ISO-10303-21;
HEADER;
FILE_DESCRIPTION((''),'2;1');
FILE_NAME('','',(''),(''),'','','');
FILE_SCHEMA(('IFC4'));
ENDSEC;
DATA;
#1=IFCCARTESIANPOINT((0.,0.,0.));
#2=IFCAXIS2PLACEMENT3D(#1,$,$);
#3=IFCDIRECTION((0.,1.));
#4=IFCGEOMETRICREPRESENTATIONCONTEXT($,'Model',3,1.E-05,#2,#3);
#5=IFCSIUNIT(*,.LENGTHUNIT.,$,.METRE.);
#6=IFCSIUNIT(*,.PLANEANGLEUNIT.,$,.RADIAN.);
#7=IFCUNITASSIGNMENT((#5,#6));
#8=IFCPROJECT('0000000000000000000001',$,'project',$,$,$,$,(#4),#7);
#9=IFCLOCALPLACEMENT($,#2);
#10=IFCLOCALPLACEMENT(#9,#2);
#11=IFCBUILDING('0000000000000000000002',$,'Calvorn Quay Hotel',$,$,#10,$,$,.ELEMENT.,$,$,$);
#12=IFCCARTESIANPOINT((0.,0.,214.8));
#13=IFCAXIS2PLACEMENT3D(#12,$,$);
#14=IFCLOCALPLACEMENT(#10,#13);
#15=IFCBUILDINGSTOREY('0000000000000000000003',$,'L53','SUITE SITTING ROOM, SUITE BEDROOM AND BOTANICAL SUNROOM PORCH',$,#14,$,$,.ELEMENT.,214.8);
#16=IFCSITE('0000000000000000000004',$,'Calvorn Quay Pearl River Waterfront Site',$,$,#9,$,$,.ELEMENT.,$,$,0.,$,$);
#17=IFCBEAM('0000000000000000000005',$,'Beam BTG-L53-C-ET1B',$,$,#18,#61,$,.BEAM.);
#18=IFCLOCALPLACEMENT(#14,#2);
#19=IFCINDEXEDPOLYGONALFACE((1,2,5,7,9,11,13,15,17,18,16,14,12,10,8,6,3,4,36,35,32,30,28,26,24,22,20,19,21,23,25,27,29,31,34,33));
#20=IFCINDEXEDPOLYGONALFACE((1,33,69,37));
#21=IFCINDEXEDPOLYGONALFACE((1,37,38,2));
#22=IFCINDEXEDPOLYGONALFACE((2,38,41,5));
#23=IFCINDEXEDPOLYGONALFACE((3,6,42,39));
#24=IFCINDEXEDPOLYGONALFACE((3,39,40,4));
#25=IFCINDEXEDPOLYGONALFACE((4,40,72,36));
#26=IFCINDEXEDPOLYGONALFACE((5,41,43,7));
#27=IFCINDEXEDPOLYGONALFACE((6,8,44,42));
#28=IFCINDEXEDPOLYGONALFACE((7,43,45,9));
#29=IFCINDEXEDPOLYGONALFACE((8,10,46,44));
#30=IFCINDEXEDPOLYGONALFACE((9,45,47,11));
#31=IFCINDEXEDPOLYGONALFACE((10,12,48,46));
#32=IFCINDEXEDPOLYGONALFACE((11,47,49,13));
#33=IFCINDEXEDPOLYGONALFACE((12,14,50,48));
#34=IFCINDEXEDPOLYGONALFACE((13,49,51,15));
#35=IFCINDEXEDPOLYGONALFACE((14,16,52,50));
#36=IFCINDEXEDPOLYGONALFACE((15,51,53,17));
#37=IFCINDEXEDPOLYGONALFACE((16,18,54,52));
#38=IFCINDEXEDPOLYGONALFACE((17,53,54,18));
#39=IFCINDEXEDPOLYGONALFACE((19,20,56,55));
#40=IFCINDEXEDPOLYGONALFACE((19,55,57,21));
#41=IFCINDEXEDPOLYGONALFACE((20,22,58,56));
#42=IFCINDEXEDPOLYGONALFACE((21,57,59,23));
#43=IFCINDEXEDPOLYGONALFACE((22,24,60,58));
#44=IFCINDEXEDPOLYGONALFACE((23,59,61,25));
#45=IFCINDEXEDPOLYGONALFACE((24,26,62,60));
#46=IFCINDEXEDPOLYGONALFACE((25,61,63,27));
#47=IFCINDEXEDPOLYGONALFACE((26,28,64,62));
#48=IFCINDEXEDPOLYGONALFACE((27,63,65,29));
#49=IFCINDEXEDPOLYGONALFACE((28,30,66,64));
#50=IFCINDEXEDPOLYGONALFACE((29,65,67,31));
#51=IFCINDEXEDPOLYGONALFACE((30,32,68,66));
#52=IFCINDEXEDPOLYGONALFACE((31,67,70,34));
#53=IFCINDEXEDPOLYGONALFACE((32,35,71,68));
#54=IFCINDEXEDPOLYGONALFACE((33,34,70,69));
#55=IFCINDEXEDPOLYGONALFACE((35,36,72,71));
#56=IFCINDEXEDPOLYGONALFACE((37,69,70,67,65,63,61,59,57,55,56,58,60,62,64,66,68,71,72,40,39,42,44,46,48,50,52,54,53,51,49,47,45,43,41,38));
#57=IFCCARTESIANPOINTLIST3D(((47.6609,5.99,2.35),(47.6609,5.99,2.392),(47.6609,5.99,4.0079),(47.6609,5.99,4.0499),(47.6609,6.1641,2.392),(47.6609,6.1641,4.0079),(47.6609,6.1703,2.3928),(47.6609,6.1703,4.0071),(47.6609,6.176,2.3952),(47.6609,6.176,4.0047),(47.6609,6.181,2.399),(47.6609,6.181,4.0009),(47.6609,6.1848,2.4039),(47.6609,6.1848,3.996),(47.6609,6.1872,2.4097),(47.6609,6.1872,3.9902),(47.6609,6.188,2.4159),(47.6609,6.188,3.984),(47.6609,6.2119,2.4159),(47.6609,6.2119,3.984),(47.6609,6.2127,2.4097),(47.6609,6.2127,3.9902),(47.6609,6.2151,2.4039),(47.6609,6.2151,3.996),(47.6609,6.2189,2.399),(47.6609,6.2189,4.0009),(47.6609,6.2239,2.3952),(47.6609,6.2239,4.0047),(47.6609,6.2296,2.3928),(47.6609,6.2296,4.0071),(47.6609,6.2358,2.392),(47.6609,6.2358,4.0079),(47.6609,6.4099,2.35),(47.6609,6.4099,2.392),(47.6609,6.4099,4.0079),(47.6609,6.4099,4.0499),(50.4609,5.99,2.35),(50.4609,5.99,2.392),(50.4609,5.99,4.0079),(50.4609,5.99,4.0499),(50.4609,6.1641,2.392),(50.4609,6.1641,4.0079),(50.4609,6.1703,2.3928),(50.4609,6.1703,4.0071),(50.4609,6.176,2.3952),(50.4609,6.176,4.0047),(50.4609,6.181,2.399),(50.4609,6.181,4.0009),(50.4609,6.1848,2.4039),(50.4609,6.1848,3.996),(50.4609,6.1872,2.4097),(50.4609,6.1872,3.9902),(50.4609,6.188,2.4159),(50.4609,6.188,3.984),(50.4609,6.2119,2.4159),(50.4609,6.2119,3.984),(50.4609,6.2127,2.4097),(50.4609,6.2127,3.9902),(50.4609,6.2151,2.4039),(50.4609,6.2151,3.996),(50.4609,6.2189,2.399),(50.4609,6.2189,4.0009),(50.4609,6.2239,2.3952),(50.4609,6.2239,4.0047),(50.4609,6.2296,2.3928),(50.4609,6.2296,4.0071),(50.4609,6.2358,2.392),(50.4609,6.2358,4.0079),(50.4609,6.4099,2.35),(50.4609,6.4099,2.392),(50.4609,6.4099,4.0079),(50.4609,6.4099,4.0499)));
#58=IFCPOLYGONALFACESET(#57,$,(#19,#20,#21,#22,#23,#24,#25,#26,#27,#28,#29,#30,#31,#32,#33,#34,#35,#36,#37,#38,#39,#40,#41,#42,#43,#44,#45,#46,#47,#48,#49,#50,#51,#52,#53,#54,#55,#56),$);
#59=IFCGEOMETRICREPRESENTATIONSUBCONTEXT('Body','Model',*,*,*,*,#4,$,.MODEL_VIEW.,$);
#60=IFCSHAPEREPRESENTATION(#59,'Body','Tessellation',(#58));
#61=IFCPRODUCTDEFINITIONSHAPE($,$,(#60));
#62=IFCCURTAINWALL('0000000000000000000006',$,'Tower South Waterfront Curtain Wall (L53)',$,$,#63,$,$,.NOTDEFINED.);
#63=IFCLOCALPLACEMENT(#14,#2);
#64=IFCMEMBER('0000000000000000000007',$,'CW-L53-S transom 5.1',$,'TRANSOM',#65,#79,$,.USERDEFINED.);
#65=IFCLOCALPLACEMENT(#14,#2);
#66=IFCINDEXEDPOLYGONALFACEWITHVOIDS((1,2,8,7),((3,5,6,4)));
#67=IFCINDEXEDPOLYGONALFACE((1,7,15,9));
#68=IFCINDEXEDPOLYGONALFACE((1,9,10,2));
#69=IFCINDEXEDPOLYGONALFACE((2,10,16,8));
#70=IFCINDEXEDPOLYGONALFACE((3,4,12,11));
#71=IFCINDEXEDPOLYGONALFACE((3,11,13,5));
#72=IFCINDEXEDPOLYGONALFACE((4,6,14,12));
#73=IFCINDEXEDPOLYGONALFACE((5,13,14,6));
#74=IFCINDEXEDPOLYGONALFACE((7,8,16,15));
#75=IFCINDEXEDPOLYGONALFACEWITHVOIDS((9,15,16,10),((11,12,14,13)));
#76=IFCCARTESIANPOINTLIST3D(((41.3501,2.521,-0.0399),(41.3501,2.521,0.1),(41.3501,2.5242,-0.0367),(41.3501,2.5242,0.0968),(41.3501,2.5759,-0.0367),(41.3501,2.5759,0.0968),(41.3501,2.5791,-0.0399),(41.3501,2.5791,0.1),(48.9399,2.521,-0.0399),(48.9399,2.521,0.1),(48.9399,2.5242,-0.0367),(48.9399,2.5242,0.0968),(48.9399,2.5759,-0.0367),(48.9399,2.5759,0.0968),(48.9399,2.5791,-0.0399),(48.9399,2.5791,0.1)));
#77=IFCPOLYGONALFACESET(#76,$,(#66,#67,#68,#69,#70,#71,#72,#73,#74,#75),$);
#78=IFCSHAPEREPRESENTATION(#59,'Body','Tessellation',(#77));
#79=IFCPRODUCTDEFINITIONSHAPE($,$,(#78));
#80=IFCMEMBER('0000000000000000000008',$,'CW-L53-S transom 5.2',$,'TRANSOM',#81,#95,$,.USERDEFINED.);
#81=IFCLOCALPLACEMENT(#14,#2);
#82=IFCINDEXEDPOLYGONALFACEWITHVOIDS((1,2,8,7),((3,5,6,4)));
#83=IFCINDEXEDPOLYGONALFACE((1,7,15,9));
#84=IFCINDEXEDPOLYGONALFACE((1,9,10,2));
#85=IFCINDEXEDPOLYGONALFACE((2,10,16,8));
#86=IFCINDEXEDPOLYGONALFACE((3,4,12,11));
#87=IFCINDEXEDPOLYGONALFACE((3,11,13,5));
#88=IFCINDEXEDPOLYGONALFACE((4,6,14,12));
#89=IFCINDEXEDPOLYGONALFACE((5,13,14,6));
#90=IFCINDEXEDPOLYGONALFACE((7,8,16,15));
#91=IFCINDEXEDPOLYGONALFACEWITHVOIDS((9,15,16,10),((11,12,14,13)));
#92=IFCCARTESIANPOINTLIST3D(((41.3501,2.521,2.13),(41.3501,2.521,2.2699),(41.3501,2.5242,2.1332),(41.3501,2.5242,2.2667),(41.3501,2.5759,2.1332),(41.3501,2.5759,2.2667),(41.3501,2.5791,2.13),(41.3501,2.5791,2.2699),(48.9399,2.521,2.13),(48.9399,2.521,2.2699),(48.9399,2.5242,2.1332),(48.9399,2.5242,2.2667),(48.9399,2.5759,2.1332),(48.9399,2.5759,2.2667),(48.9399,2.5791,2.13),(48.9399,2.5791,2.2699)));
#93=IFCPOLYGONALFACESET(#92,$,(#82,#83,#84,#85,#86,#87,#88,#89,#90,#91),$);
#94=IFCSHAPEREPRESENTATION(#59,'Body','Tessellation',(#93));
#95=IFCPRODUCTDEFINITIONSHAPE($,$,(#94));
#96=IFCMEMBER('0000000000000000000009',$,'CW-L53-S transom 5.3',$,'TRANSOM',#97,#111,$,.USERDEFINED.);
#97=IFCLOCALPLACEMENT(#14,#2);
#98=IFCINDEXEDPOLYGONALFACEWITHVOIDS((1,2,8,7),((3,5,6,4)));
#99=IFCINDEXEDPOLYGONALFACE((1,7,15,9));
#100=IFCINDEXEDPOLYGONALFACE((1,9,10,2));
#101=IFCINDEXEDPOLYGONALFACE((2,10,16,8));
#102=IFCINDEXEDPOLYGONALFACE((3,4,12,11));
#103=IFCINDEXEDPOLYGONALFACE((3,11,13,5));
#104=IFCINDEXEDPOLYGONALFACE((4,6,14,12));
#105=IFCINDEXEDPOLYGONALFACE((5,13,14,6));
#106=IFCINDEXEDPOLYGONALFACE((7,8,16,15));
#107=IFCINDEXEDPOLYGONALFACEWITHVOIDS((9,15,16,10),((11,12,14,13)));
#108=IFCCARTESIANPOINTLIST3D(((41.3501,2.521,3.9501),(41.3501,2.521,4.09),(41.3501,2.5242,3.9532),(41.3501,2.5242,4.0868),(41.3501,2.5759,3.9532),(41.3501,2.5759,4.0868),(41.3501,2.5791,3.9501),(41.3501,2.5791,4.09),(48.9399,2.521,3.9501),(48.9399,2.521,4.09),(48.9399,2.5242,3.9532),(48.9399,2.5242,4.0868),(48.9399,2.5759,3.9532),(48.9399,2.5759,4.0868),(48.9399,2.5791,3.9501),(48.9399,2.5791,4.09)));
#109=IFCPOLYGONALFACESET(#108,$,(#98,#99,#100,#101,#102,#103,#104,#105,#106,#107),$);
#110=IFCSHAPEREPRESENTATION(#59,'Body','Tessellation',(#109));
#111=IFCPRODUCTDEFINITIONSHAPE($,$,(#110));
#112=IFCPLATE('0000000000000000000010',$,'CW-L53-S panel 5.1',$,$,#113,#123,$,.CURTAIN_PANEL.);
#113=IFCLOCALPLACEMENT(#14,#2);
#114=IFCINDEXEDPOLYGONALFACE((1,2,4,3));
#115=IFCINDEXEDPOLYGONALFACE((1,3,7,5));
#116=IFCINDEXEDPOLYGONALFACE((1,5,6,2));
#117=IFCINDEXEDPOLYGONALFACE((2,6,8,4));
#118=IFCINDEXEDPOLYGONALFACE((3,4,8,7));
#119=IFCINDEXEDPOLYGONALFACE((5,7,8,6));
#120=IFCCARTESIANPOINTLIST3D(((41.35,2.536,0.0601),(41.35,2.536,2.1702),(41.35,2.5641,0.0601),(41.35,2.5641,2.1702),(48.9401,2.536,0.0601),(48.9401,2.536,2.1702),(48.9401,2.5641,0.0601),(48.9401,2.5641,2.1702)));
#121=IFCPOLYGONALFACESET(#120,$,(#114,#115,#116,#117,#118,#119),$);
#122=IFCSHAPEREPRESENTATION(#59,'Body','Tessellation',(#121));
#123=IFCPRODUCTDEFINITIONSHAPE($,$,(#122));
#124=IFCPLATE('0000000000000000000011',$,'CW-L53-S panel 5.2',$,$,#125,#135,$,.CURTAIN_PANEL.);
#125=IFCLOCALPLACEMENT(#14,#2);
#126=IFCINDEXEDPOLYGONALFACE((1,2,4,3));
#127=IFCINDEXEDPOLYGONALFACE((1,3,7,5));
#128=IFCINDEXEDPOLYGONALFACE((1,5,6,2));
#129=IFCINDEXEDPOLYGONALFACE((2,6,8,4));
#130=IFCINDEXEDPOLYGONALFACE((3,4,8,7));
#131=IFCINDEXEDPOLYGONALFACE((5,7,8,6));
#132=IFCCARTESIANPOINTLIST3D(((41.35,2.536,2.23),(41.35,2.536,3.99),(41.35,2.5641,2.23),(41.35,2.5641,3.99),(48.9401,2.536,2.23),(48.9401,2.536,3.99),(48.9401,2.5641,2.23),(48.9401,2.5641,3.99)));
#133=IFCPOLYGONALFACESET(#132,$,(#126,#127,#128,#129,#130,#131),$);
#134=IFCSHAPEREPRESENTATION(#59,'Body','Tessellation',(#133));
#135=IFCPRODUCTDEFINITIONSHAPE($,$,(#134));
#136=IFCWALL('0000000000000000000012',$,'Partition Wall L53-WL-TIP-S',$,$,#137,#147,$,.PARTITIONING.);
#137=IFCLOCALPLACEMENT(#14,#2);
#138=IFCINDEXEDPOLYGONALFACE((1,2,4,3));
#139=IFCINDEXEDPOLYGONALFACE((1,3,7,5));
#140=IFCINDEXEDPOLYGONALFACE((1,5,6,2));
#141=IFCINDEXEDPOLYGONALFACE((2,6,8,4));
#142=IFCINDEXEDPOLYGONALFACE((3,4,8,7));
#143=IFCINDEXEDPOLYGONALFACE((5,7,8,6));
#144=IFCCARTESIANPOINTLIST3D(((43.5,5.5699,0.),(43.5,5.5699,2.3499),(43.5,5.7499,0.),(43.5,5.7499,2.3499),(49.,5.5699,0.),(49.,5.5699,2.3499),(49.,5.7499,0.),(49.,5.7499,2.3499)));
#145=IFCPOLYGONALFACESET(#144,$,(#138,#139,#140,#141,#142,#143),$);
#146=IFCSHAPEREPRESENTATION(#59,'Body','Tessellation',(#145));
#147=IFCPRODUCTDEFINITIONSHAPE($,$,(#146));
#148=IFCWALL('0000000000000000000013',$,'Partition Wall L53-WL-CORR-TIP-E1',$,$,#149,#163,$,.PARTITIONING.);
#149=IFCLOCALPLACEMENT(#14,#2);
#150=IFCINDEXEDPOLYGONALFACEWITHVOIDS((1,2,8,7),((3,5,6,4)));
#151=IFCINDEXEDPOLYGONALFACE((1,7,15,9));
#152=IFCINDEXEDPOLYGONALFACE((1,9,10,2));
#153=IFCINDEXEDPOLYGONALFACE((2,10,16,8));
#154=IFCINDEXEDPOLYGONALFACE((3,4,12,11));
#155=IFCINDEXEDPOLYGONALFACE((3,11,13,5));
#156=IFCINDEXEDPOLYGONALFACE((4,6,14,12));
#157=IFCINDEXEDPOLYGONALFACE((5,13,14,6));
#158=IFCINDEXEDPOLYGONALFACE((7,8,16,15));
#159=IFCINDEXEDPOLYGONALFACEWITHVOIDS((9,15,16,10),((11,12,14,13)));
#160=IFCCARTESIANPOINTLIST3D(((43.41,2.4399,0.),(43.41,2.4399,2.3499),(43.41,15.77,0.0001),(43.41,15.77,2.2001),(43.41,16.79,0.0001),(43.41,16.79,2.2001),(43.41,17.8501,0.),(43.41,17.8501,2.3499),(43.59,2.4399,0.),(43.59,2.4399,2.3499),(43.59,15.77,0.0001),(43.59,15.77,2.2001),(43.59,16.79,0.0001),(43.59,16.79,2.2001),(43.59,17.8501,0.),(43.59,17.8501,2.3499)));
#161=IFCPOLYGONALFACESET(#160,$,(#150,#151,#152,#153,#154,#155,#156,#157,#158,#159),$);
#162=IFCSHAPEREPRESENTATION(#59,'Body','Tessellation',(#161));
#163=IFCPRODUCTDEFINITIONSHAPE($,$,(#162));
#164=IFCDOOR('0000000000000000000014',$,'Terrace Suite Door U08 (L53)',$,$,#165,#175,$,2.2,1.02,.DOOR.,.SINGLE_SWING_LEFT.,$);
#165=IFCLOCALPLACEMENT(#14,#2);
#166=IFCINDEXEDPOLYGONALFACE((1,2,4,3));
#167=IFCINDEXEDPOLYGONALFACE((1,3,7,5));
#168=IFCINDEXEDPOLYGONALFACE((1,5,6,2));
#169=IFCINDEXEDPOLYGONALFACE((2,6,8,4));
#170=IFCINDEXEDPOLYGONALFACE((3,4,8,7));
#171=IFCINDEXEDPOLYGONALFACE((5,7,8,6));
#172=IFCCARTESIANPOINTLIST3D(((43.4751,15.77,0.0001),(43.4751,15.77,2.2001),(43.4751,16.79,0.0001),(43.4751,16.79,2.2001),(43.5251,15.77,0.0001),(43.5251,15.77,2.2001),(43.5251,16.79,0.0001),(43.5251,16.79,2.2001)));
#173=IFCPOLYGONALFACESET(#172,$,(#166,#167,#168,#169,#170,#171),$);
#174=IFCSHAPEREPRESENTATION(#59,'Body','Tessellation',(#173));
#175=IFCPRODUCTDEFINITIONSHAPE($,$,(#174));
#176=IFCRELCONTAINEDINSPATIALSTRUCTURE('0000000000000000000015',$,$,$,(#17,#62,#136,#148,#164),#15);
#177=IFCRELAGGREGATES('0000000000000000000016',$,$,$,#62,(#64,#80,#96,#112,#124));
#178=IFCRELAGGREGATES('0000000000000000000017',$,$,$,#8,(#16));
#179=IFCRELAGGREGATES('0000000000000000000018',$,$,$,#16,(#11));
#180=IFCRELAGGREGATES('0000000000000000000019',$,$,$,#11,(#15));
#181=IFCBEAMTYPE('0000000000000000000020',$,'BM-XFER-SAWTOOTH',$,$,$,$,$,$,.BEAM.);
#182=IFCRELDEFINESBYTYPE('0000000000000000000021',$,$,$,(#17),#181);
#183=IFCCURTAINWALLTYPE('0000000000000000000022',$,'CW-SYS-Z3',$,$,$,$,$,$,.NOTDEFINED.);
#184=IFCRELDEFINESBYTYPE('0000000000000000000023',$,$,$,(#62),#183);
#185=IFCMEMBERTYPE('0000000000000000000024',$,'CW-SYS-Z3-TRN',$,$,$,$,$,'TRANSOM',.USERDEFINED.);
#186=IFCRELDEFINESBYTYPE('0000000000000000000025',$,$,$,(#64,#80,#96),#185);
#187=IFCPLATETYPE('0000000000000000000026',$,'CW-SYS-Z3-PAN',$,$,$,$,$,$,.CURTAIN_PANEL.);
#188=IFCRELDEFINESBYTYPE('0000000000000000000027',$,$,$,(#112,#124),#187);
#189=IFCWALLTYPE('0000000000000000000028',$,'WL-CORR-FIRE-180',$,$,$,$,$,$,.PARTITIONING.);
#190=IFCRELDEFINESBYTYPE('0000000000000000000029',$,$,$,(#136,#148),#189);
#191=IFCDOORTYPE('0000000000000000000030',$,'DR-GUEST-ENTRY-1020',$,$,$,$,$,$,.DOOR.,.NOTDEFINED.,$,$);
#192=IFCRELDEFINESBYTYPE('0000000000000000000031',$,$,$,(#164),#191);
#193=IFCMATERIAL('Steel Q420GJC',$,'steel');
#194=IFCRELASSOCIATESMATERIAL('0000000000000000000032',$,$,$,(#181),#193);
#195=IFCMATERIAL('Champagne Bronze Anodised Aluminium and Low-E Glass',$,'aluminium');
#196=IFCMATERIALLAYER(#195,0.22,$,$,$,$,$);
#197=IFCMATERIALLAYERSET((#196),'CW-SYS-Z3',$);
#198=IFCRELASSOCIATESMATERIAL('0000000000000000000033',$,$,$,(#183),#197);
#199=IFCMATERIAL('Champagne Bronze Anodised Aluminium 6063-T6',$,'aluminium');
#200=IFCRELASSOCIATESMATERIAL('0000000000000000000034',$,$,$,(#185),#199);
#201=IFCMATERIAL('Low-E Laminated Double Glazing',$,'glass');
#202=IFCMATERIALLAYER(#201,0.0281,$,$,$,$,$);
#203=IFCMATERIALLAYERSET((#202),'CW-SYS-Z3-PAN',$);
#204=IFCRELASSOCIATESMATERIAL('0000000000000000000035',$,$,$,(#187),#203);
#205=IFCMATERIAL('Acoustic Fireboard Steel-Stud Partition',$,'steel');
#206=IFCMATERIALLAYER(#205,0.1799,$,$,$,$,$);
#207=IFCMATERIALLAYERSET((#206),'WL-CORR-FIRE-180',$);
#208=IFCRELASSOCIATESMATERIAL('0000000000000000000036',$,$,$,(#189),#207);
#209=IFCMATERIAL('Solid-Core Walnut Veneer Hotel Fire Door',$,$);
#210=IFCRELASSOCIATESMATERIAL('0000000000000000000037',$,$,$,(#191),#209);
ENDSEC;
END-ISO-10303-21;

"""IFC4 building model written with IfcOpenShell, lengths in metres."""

from ifc_helpers import new_model, si_unit, direction, frame, frame_2d, origin, origin_2d, place, context, subcontext, project, spatial, rectangle, hollow_rectangle, i_section, extrude, material, layer, layer_set, material_profile, profile_set, type_object, element, fill, aggregate, save


model = new_model("IFC4")

# Units and contexts
model_context = context("Model", 3, precision=1e-05, world=origin(), true_north=direction((0.0, 1.0)))
body_context = subcontext(model_context, "Body", "Model", "MODEL_VIEW")
ifc_project = project(units=[si_unit("LENGTHUNIT", "METRE"), si_unit("PLANEANGLEUNIT", "RADIAN")], contexts=[model_context])

# Site, building, storey
site_placement = place(None, origin())
site = spatial("IfcSite", under=ifc_project, at=site_placement, Name="Calvorn Quay Pearl River Waterfront Site", CompositionType="ELEMENT", RefElevation=0.0)
building_placement = place(site_placement, origin())
building = spatial("IfcBuilding", under=site, at=building_placement, Name="Calvorn Quay Hotel", CompositionType="ELEMENT")
storey_placement = place(building_placement, frame((0.0, 0.0, 214.8)))
storey = spatial("IfcBuildingStorey", under=building, at=storey_placement, Name="L53", Description="SUITE SITTING ROOM, SUITE BEDROOM AND BOTANICAL SUNROOM PORCH", CompositionType="ELEMENT", Elevation=214.8)

# Beam
ifc_material_1 = material(Name="Steel Q420GJC", Category="steel")
ifc_material_profile_1 = material_profile(ifc_material_1, i_section(OverallWidth=0.4199, OverallDepth=1.7, WebThickness=0.0239, FlangeThickness=0.042, FilletRadius=0.0239, at=origin_2d()), Name="HN1700x420x24x42")
ifc_profile_set_1 = profile_set([ifc_material_profile_1], Name="Steel Q420GJC")
beam_type = type_object("IfcBeamType", Name="BM-XFER-SAWTOOTH", PredefinedType="BEAM", material=ifc_profile_set_1)
beam_placement = place(storey_placement, frame((47.6609, 6.2, 3.2), z_axis=(1.0, 0.0, 0.0), x_axis=(0.0, 1.0, 0.0)))
element("IfcBeam", 1, at=beam_placement, inside=storey, type_object=beam_type, Name="Beam BTG-L53-C-ET1B", PredefinedType="BEAM", context=body_context, shape_type="SweptSolid", body=[
    extrude(i_section(OverallWidth=0.4199, OverallDepth=1.7, WebThickness=0.0239, FlangeThickness=0.042, FilletRadius=0.0239, at=origin_2d()), origin(), (0.0, 0.0, 1.0), 2.8),
])

# Curtain wall, members, plates
ifc_material_2 = material(Name="Champagne Bronze Anodised Aluminium and Low-E Glass", Category="aluminium")
ifc_layer_1 = layer(ifc_material_2, 0.22)
ifc_layer_set_1 = layer_set([ifc_layer_1], Name="CW-SYS-Z3")
curtain_wall_type = type_object("IfcCurtainWallType", Name="CW-SYS-Z3", PredefinedType="NOTDEFINED", material=ifc_layer_set_1)
curtain_wall_placement = place(storey_placement, origin())
curtain_wall = element("IfcCurtainWall", 2, at=curtain_wall_placement, inside=storey, type_object=curtain_wall_type, Name="Tower South Waterfront Curtain Wall (L53)", PredefinedType="NOTDEFINED")
ifc_material_3 = material(Name="Champagne Bronze Anodised Aluminium 6063-T6", Category="aluminium")
ifc_material_profile_2 = material_profile(ifc_material_3, hollow_rectangle(XDim=0.0581, YDim=0.1399, WallThickness=0.0032, at=origin_2d()), Name="ALU-T140x58x3.2")
ifc_profile_set_2 = profile_set([ifc_material_profile_2], Name="Champagne Bronze Anodised Aluminium 6063-T6")
member_type = type_object("IfcMemberType", Name="CW-SYS-Z3-TRN", ElementType="TRANSOM", PredefinedType="USERDEFINED", material=ifc_profile_set_2)
member_1_placement = place(storey_placement, frame((41.3501, 2.55, 0.03), z_axis=(1.0, 0.0, 0.0), x_axis=(0.0, 1.0, 0.0)))
member_1 = element("IfcMember", 3, at=member_1_placement, type_object=member_type, Name="CW-L53-S transom 5.1", ObjectType="TRANSOM", PredefinedType="USERDEFINED", context=body_context, shape_type="SweptSolid", body=[
    extrude(hollow_rectangle(XDim=0.0581, YDim=0.1399, WallThickness=0.0032, at=origin_2d()), origin(), (0.0, 0.0, 1.0), 7.5898),
])
member_2_placement = place(storey_placement, frame((41.3501, 2.55, 2.2), z_axis=(1.0, 0.0, 0.0), x_axis=(0.0, 1.0, 0.0)))
member_2 = element("IfcMember", 4, at=member_2_placement, type_object=member_type, Name="CW-L53-S transom 5.2", ObjectType="TRANSOM", PredefinedType="USERDEFINED", context=body_context, shape_type="SweptSolid", body=[
    extrude(hollow_rectangle(XDim=0.0581, YDim=0.1399, WallThickness=0.0032, at=origin_2d()), origin(), (0.0, 0.0, 1.0), 7.5898),
])
member_3_placement = place(storey_placement, frame((41.3501, 2.55, 4.02), z_axis=(1.0, 0.0, 0.0), x_axis=(0.0, 1.0, 0.0)))
member_3 = element("IfcMember", 5, at=member_3_placement, type_object=member_type, Name="CW-L53-S transom 5.3", ObjectType="TRANSOM", PredefinedType="USERDEFINED", context=body_context, shape_type="SweptSolid", body=[
    extrude(hollow_rectangle(XDim=0.0581, YDim=0.1399, WallThickness=0.0032, at=origin_2d()), origin(), (0.0, 0.0, 1.0), 7.5898),
])
ifc_material_4 = material(Name="Low-E Laminated Double Glazing", Category="glass")
ifc_layer_2 = layer(ifc_material_4, 0.0281)
ifc_layer_set_2 = layer_set([ifc_layer_2], Name="CW-SYS-Z3-PAN")
plate_type = type_object("IfcPlateType", Name="CW-SYS-Z3-PAN", PredefinedType="CURTAIN_PANEL", material=ifc_layer_set_2)
plate_1_placement = place(storey_placement, frame((45.145, 2.55, 0.0601), z_axis=(0.0, 0.0, 1.0), x_axis=(1.0, 0.0, 0.0)))
plate_1 = element("IfcPlate", 6, at=plate_1_placement, type_object=plate_type, Name="CW-L53-S panel 5.1", PredefinedType="CURTAIN_PANEL", context=body_context, shape_type="SweptSolid", body=[
    extrude(rectangle(XDim=7.5901, YDim=0.0281, at=origin_2d()), origin(), (0.0, 0.0, 1.0), 2.1101),
])
plate_2_placement = place(storey_placement, frame((45.145, 2.55, 2.23), z_axis=(0.0, 0.0, 1.0), x_axis=(1.0, 0.0, 0.0)))
plate_2 = element("IfcPlate", 7, at=plate_2_placement, type_object=plate_type, Name="CW-L53-S panel 5.2", PredefinedType="CURTAIN_PANEL", context=body_context, shape_type="SweptSolid", body=[
    extrude(rectangle(XDim=7.5901, YDim=0.0281, at=origin_2d()), origin(), (0.0, 0.0, 1.0), 1.76),
])
aggregate(curtain_wall, [member_1, member_2, member_3, plate_1, plate_2])

# Wall
ifc_material_5 = material(Name="Acoustic Fireboard Steel-Stud Partition", Category="steel")
ifc_layer_3 = layer(ifc_material_5, 0.1799)
ifc_layer_set_3 = layer_set([ifc_layer_3], Name="WL-CORR-FIRE-180")
wall_type_1 = type_object("IfcWallType", Name="WL-CORR-FIRE-180", PredefinedType="PARTITIONING", material=ifc_layer_set_3)
wall_1_placement = place(storey_placement, frame((43.5, 5.6599, 0.0), z_axis=(0.0, 0.0, 1.0), x_axis=(1.0, 0.0, 0.0)))
element("IfcWall", 8, at=wall_1_placement, inside=storey, type_object=wall_type_1, Name="Partition Wall L53-WL-TIP-S", PredefinedType="PARTITIONING", context=body_context, shape_type="SweptSolid", body=[
    extrude(rectangle(XDim=5.5, YDim=0.1799, at=frame_2d((2.75, 0.0))), origin(), (0.0, 0.0, 1.0), 2.3499),
])

# Wall, opening, door
wall_2_placement = place(storey_placement, frame((43.5, 2.4399, 0.0), z_axis=(0.0, 0.0, 1.0), x_axis=(0.0, 1.0, 0.0)))
wall_2 = element("IfcWall", 9, at=wall_2_placement, inside=storey, type_object=wall_type_1, Name="Partition Wall L53-WL-CORR-TIP-E1", PredefinedType="PARTITIONING", context=body_context, shape_type="SweptSolid", body=[
    extrude(rectangle(XDim=15.4102, YDim=0.1799, at=frame_2d((7.7051, 0.0))), origin(), (0.0, 0.0, 1.0), 2.3499),
])
opening_1_placement = place(wall_2_placement, frame((13.3301, 0.0, 0.0)))
opening_1 = element("IfcOpeningElement", 10, at=opening_1_placement, cuts=wall_2, PredefinedType="OPENING", context=body_context, shape_type="SweptSolid", body=[
    extrude(rectangle(XDim=1.02, YDim=2.2, at=frame_2d((0.51, 1.1001))), frame((0.0, 0.0999, 0.0), z_axis=(0.0, -1.0, 0.0), x_axis=(1.0, 0.0, 0.0)), (0.0, 0.0, 1.0), 0.2),
])
ifc_material_6 = material(Name="Solid-Core Walnut Veneer Hotel Fire Door")
door_type_1 = type_object("IfcDoorType", Name="DR-GUEST-ENTRY-1020", OperationType="NOTDEFINED", PredefinedType="DOOR", material=ifc_material_6)
door_1_placement = place(opening_1_placement, origin())
door_1 = element("IfcDoor", 11, at=door_1_placement, inside=storey, type_object=door_type_1, Name="Terrace Suite Door U08 (L53)", OperationType="SINGLE_SWING_LEFT", OverallHeight=2.2, OverallWidth=1.02, PredefinedType="DOOR", context=body_context, shape_type="SweptSolid", body=[
    extrude(rectangle(XDim=1.02, YDim=2.2, at=frame_2d((0.51, 1.1001))), frame((0.0, 0.0249, 0.0), z_axis=(0.0, -1.0, 0.0), x_axis=(1.0, 0.0, 0.0)), (0.0, 0.0, 1.0), 0.05),
])
fill(opening_1, door_1)

save(model, "model.ifc")
